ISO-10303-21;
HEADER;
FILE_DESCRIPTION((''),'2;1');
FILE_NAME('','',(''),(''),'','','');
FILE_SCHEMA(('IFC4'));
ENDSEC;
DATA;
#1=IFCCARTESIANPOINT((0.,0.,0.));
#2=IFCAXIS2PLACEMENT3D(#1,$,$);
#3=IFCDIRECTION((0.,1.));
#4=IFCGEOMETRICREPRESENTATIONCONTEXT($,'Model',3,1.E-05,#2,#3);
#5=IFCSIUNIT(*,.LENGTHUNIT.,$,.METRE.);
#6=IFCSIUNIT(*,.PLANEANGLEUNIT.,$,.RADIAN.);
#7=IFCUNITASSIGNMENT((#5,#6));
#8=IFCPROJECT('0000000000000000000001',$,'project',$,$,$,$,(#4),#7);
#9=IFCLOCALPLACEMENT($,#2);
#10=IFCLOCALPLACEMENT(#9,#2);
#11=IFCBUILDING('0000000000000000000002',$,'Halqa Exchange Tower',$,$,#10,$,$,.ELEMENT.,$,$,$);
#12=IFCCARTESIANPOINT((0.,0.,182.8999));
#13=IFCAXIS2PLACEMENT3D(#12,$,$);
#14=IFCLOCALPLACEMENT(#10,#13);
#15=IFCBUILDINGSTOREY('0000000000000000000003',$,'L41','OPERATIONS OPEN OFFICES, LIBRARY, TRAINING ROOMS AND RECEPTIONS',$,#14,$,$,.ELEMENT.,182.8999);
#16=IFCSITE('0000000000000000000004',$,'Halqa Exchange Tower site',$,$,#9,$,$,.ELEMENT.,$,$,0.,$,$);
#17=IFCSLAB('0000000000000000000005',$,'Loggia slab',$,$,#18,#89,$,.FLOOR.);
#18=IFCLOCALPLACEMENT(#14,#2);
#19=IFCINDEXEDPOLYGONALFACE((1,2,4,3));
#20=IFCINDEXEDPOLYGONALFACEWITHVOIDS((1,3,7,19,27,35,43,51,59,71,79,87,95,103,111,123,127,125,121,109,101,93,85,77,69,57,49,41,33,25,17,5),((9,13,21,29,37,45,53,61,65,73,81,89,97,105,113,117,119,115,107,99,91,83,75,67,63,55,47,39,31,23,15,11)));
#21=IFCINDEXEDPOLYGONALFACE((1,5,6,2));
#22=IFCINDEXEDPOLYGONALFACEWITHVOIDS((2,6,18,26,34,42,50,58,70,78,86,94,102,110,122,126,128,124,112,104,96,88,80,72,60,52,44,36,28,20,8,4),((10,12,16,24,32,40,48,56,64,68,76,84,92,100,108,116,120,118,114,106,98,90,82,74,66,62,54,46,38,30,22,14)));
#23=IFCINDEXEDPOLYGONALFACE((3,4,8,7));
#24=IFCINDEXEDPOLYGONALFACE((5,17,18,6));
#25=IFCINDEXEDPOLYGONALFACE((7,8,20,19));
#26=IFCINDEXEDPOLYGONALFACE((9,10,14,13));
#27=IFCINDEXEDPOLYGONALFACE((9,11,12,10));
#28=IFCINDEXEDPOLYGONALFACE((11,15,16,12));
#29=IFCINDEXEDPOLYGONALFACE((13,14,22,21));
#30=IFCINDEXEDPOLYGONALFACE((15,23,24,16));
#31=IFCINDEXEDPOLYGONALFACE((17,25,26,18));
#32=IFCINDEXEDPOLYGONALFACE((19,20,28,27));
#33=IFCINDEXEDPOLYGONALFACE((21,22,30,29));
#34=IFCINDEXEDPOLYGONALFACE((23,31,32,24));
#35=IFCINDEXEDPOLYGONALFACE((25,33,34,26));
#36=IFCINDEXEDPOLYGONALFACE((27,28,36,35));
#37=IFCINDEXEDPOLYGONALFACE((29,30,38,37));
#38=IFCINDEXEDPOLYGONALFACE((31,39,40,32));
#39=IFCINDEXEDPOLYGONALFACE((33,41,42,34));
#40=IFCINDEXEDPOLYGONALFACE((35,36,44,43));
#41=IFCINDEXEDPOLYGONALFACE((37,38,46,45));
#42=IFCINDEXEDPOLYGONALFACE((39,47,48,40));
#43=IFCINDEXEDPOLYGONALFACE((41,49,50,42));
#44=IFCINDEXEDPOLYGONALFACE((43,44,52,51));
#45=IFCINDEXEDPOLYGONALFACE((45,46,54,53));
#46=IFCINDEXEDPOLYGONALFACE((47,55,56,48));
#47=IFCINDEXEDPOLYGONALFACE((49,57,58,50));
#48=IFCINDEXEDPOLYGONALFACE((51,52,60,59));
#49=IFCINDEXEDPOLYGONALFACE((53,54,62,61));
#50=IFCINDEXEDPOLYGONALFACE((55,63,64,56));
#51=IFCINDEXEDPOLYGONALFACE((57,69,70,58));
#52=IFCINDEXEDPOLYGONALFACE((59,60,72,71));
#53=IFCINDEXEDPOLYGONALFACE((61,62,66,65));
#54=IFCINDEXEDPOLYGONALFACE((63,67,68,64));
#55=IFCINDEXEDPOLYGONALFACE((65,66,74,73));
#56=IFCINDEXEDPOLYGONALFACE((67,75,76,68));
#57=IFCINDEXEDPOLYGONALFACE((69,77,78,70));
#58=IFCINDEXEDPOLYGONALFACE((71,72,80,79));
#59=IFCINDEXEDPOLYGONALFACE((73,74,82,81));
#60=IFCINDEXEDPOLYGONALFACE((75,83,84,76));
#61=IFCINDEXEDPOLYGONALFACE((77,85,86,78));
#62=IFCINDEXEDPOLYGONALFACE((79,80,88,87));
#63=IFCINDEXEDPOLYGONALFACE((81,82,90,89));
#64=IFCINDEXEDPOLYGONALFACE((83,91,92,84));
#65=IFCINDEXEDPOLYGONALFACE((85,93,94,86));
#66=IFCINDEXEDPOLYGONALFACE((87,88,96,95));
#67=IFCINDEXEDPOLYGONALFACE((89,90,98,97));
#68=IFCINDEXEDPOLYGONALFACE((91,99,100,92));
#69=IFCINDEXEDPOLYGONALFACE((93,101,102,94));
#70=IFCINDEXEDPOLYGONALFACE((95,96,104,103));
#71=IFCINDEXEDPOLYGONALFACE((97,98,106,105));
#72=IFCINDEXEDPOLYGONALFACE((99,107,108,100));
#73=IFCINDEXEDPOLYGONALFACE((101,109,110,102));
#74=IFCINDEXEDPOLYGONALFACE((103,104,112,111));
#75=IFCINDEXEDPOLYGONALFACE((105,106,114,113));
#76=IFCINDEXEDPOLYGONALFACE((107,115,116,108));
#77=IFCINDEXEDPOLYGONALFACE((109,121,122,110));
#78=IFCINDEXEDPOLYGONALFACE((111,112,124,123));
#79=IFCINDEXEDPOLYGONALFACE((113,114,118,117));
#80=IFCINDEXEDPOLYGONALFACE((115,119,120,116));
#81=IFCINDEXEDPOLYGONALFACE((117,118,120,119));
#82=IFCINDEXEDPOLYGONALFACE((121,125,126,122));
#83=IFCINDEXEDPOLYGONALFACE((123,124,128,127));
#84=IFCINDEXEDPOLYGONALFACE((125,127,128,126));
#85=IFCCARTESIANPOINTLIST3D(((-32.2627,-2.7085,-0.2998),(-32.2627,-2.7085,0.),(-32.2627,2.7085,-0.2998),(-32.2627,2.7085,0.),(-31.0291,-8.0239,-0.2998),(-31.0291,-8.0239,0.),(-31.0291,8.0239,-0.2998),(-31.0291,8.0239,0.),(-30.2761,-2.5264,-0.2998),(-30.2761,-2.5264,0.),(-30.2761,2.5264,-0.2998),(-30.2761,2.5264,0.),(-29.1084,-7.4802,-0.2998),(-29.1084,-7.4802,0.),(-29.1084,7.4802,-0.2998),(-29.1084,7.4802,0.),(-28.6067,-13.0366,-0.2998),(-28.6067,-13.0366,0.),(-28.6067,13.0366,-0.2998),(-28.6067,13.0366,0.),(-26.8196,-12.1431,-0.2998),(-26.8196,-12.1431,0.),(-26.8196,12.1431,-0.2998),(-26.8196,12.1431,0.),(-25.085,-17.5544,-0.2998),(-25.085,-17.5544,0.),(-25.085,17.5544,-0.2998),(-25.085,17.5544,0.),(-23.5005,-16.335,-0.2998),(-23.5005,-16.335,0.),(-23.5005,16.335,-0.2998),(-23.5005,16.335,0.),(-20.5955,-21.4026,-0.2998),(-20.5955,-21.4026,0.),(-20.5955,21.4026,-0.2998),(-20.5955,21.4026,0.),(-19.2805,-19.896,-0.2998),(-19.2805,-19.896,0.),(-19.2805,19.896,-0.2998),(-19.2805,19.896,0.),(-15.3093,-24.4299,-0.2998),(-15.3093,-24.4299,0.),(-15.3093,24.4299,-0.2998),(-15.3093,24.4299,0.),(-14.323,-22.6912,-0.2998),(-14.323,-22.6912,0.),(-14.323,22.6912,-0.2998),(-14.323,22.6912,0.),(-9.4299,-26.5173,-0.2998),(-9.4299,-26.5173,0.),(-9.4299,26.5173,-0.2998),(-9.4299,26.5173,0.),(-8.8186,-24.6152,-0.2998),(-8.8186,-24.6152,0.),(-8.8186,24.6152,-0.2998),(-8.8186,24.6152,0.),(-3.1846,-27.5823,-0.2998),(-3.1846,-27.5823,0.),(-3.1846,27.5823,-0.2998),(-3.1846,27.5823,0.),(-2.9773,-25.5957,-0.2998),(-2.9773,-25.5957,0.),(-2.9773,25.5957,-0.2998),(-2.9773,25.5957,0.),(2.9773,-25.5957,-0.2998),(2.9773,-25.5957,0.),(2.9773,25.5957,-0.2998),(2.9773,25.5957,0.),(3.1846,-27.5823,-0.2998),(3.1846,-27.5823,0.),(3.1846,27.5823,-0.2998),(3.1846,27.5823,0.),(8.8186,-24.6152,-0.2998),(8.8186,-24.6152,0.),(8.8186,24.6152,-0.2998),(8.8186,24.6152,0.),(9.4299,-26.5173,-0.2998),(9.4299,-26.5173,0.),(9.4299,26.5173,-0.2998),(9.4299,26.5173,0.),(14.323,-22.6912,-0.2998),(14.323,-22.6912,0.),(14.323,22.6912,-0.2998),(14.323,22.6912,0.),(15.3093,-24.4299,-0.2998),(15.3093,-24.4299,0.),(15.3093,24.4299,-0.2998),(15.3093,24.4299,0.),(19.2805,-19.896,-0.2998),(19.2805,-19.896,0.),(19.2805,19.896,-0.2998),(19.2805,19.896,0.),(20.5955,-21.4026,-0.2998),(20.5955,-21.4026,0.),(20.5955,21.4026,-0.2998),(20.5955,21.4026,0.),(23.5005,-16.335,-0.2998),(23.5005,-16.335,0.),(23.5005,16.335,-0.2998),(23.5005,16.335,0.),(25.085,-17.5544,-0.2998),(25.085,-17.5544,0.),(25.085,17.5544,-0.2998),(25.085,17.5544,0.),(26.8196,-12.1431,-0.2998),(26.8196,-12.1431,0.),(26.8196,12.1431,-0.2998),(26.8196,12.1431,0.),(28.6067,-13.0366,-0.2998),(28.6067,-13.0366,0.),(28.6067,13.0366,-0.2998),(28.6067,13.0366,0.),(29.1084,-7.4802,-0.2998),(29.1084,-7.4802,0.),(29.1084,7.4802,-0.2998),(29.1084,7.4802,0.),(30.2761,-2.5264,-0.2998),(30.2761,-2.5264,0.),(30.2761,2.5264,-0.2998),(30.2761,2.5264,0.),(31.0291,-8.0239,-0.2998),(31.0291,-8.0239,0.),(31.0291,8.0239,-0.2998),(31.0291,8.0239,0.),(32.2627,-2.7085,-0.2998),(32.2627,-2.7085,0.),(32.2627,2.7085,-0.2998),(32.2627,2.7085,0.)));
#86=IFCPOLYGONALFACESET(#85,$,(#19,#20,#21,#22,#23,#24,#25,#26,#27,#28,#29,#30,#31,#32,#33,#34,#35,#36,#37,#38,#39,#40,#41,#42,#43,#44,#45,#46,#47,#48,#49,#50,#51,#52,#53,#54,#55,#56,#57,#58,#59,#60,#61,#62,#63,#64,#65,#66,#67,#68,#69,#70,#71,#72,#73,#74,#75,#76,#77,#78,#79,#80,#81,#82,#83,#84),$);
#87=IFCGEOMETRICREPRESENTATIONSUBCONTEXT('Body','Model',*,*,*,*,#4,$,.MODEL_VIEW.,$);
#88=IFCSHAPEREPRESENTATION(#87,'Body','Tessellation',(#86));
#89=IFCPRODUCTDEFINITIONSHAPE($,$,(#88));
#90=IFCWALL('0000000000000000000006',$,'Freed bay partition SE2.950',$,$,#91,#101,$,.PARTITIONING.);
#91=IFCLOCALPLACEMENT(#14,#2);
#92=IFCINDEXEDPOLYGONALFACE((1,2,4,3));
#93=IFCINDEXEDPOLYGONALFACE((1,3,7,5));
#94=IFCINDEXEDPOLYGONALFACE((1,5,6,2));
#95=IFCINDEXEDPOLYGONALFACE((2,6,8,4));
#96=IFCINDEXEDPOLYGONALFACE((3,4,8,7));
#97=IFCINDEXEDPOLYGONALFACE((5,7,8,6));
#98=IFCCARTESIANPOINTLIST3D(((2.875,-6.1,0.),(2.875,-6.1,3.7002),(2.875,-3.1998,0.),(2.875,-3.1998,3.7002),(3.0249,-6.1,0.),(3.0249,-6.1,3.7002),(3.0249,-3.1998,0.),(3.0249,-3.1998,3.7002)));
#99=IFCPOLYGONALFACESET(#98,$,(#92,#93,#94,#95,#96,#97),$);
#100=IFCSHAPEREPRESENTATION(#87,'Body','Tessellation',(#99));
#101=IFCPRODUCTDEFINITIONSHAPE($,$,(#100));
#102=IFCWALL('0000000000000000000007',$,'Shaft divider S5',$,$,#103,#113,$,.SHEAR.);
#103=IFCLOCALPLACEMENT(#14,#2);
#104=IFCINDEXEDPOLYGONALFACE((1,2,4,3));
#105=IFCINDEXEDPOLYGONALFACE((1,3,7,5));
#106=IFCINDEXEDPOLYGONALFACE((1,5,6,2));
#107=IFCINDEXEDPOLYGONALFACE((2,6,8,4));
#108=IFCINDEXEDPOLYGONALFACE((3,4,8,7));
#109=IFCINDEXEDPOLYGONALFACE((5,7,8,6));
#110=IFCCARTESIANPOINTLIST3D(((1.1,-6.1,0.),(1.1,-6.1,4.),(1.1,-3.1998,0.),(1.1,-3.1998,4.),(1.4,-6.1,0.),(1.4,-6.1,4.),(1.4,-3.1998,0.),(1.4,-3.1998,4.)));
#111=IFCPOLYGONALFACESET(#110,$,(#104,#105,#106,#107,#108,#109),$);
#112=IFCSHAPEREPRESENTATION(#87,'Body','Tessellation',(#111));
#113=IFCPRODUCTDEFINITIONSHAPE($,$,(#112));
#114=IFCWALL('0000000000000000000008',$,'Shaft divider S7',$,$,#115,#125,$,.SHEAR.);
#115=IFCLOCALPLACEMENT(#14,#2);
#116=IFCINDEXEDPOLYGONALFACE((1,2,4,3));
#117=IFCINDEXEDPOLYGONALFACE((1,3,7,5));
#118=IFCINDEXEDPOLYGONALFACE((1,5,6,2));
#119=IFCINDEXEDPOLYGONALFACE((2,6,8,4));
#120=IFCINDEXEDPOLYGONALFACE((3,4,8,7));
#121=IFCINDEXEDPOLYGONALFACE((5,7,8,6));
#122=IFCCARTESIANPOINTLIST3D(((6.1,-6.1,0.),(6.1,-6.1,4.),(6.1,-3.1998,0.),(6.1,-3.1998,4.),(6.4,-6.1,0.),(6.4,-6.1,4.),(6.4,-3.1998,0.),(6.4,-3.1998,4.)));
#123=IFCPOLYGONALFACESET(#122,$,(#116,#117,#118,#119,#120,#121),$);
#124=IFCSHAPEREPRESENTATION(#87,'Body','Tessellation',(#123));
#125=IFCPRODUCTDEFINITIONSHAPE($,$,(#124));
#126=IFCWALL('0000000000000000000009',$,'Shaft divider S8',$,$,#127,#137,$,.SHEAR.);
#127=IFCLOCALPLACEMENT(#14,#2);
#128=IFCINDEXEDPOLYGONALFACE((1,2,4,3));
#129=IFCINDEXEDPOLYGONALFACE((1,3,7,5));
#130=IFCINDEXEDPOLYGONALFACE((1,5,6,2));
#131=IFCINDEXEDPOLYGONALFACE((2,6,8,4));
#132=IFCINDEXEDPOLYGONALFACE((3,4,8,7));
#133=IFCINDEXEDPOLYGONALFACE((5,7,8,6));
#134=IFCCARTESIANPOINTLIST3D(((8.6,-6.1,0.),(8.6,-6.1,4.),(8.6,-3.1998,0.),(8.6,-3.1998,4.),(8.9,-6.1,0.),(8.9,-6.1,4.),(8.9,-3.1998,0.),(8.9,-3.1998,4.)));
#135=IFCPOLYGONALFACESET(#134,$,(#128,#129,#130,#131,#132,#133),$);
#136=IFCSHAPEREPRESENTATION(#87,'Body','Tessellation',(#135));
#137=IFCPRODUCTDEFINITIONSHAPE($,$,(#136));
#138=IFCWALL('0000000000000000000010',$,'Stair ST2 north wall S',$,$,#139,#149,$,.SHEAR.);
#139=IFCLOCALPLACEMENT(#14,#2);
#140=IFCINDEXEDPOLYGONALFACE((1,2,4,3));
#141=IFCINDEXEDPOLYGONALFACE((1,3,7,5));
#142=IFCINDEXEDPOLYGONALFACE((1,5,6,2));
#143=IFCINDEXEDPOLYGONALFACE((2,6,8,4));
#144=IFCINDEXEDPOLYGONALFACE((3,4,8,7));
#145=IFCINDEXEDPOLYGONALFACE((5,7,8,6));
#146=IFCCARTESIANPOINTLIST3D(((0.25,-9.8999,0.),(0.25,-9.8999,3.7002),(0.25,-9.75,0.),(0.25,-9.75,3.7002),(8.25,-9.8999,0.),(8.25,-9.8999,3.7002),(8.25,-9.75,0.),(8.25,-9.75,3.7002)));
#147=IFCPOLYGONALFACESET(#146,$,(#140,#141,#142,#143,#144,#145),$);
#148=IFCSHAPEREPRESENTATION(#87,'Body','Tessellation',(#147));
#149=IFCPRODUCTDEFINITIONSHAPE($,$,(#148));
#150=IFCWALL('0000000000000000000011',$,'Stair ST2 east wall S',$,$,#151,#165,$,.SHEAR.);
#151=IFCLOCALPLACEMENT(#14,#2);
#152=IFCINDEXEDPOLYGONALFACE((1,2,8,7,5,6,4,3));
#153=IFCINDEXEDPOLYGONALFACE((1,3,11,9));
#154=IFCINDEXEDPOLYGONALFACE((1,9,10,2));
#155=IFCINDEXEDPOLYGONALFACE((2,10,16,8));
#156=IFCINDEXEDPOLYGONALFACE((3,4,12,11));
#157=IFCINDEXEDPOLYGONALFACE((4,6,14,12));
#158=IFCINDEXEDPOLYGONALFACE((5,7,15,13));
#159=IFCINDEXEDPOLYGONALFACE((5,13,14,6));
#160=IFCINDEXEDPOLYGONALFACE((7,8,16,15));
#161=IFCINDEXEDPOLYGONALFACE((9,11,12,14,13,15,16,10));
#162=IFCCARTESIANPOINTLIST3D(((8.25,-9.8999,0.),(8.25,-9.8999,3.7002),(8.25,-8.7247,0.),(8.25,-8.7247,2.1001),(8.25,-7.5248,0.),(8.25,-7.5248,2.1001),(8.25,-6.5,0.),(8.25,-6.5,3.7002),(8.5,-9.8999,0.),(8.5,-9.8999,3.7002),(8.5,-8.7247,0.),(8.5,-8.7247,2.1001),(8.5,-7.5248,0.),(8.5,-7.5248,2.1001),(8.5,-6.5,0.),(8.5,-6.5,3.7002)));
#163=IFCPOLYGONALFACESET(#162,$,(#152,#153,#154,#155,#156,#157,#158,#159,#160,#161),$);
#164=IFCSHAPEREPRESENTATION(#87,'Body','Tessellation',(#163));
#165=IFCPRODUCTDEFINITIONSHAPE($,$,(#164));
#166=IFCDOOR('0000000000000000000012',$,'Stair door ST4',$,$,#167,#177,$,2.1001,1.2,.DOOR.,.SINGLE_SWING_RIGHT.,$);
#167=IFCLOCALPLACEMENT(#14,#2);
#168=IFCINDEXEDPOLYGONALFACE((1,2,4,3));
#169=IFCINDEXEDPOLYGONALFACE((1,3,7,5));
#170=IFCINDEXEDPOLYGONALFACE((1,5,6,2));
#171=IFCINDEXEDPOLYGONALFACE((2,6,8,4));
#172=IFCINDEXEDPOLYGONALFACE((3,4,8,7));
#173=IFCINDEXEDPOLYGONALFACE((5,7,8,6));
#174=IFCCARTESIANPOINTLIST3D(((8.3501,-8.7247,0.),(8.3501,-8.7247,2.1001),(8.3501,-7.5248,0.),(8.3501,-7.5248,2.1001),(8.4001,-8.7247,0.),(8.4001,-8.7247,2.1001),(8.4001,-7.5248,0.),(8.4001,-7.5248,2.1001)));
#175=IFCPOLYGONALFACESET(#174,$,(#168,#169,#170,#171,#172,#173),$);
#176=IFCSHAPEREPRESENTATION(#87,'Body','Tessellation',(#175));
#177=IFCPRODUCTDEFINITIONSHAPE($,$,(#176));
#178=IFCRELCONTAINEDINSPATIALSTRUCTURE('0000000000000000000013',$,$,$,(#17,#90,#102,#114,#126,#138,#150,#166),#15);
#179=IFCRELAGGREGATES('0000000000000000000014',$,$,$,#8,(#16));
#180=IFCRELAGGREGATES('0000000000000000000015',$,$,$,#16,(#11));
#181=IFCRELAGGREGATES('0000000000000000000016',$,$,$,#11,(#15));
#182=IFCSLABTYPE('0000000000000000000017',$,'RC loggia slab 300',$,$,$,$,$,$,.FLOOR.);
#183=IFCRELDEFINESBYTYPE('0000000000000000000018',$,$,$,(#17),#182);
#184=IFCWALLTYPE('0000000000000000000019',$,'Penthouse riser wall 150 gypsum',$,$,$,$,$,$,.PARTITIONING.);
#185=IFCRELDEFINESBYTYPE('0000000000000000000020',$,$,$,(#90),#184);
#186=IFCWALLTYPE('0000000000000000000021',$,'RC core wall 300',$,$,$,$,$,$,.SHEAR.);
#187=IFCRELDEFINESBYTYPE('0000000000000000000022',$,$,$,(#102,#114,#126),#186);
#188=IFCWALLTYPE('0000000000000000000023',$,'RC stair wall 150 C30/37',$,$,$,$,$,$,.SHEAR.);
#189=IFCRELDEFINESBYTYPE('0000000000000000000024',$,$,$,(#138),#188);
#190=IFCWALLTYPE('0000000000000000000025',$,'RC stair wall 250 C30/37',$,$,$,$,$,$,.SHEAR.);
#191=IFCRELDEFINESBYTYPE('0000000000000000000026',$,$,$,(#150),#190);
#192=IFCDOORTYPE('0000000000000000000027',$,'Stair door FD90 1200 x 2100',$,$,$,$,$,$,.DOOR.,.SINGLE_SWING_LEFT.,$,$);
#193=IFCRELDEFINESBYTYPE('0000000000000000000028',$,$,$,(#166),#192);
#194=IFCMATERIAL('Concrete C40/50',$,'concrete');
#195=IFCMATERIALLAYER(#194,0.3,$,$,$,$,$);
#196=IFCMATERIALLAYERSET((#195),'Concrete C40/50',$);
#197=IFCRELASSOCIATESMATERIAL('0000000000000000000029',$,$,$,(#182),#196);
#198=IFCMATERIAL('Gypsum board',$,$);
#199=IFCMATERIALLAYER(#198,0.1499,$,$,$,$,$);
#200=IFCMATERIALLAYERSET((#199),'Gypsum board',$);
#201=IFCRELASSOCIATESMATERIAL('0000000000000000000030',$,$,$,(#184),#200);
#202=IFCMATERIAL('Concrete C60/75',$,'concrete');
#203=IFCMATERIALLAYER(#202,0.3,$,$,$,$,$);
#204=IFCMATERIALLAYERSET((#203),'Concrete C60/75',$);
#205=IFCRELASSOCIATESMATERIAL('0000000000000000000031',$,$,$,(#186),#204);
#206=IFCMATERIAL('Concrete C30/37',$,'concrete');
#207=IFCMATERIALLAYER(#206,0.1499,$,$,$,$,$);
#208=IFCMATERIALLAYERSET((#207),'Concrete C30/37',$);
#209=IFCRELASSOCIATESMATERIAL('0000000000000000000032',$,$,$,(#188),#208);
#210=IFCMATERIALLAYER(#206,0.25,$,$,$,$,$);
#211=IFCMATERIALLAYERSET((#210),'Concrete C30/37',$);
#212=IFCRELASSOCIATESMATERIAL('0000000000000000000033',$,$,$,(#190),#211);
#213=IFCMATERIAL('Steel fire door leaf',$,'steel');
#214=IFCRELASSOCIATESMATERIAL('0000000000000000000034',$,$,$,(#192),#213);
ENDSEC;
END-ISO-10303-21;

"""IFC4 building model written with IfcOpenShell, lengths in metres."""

from ifc_helpers import new_model, si_unit, direction, frame, frame_2d, origin, place, context, subcontext, project, spatial, polyline, rectangle, outline, extrude, material, layer, layer_set, type_object, element, fill, save


model = new_model("IFC4")

# Units and contexts
model_context = context("Model", 3, precision=1e-05, world=origin(), true_north=direction((0.0, 1.0)))
body_context = subcontext(model_context, "Body", "Model", "MODEL_VIEW")
ifc_project = project(units=[si_unit("LENGTHUNIT", "METRE"), si_unit("PLANEANGLEUNIT", "RADIAN")], contexts=[model_context])

# Site, building, storey
site_placement = place(None, origin())
site = spatial("IfcSite", under=ifc_project, at=site_placement, Name="Halqa Exchange Tower site", CompositionType="ELEMENT", RefElevation=0.0)
building_placement = place(site_placement, origin())
building = spatial("IfcBuilding", under=site, at=building_placement, Name="Halqa Exchange Tower", CompositionType="ELEMENT")
storey_placement = place(building_placement, frame((0.0, 0.0, 182.8999)))
storey = spatial("IfcBuildingStorey", under=building, at=storey_placement, Name="L41", Description="OPERATIONS OPEN OFFICES, LIBRARY, TRAINING ROOMS AND RECEPTIONS", CompositionType="ELEMENT", Elevation=182.8999)

# Slab
ifc_material_1 = material(Name="Concrete C60/75", Category="concrete")
ifc_material_2 = material(Name="Concrete C40/50", Category="concrete")
ifc_layer_1 = layer(ifc_material_2, 0.3)
ifc_layer_set_1 = layer_set([ifc_layer_1], Name="Concrete C40/50")
slab_type_1 = type_object("IfcSlabType", Name="RC loggia slab 300", PredefinedType="FLOOR", material=ifc_layer_set_1)
slab_1_placement = place(storey_placement, frame((0.0, 0.0, -0.2998)))
element("IfcSlab", 1, at=slab_1_placement, inside=storey, type_object=slab_type_1, Name="Loggia slab", PredefinedType="FLOOR", context=body_context, shape_type="SweptSolid", body=[
    extrude(outline(polyline([(32.2627, 2.7085), (32.2627, -2.7085), (31.0291, -8.0239), (28.6067, -13.0366), (25.085, -17.5544), (20.5955, -21.4026), (15.3093, -24.4299), (9.4299, -26.5173), (3.1846, -27.5823), (-3.1846, -27.5823), (-9.4299, -26.5173), (-15.3093, -24.4299), (-20.5955, -21.4026), (-25.085, -17.5544), (-28.6067, -13.0366), (-31.0291, -8.0239), (-32.2627, -2.7085), (-32.2627, 2.7085), (-31.0291, 8.0239), (-28.6067, 13.0366), (-25.085, 17.5544), (-20.5955, 21.4026), (-15.3093, 24.4299), (-9.4299, 26.5173), (-3.1846, 27.5823), (3.1846, 27.5823), (9.4299, 26.5173), (15.3093, 24.4299), (20.5955, 21.4026), (25.085, 17.5544), (28.6067, 13.0366), (31.0291, 8.0239), (32.2627, 2.7085)]), holes=[polyline([(30.2761, 2.5264), (29.1084, 7.4802), (26.8196, 12.1431), (23.5005, 16.335), (19.2805, 19.896), (14.323, 22.6912), (8.8186, 24.6152), (2.9773, 25.5957), (-2.9773, 25.5957), (-8.8186, 24.6152), (-14.323, 22.6912), (-19.2805, 19.896), (-23.5005, 16.335), (-26.8196, 12.1431), (-29.1084, 7.4802), (-30.2761, 2.5264), (-30.2761, -2.5264), (-29.1084, -7.4802), (-26.8196, -12.1431), (-23.5005, -16.335), (-19.2805, -19.896), (-14.323, -22.6912), (-8.8186, -24.6152), (-2.9773, -25.5957), (2.9773, -25.5957), (8.8186, -24.6152), (14.323, -22.6912), (19.2805, -19.896), (23.5005, -16.335), (26.8196, -12.1431), (29.1084, -7.4802), (30.2761, -2.5264), (30.2761, 2.5264)])]), origin(), (0.0, 0.0, 1.0), 0.2998),
])

# Walls
ifc_material_3 = material(Name="Gypsum board")
ifc_layer_2 = layer(ifc_material_3, 0.1499)
ifc_layer_set_2 = layer_set([ifc_layer_2], Name="Gypsum board")
wall_type_1 = type_object("IfcWallType", Name="Penthouse riser wall 150 gypsum", PredefinedType="PARTITIONING", material=ifc_layer_set_2)
wall_1_placement = place(storey_placement, frame((2.95, -6.1001, 0.0), z_axis=(0.0, 0.0, 1.0), x_axis=(0.0, 1.0, 0.0)))
element("IfcWall", 2, at=wall_1_placement, inside=storey, type_object=wall_type_1, Name="Freed bay partition SE2.950", PredefinedType="PARTITIONING", context=body_context, shape_type="SweptSolid", body=[
    extrude(rectangle(XDim=2.9001, YDim=0.1499, at=frame_2d((1.4502, 0.0))), origin(), (0.0, 0.0, 1.0), 3.7002),
])
ifc_layer_3 = layer(ifc_material_1, 0.3)
ifc_layer_set_3 = layer_set([ifc_layer_3], Name="Concrete C60/75")
wall_type_2 = type_object("IfcWallType", Name="RC core wall 300", PredefinedType="SHEAR", material=ifc_layer_set_3)
for number, where, z_axis, x_axis, name in (
    (3, (1.25, -6.1001, 0.0), (0.0, 0.0, 1.0), (0.0, 1.0, 0.0), "Shaft divider S5"),
    (4, (6.25, -6.1001, 0.0), (0.0, 0.0, 1.0), (0.0, 1.0, 0.0), "Shaft divider S7"),
    (5, (8.75, -6.1001, 0.0), (0.0, 0.0, 1.0), (0.0, 1.0, 0.0), "Shaft divider S8"),
):
    element("IfcWall", number, at=place(storey_placement, frame(where, z_axis=z_axis, x_axis=x_axis)), inside=storey, type_object=wall_type_2, Name=name, PredefinedType="SHEAR", context=body_context, shape_type="SweptSolid", body=[
        extrude(rectangle(XDim=2.9001, YDim=0.3, at=frame_2d((1.4502, 0.0))), origin(), (0.0, 0.0, 1.0), 4.0),
    ])
ifc_material_4 = material(Name="Concrete C30/37", Category="concrete")
ifc_layer_4 = layer(ifc_material_4, 0.1499)
ifc_layer_set_4 = layer_set([ifc_layer_4], Name="Concrete C30/37")
wall_type_3 = type_object("IfcWallType", Name="RC stair wall 150 C30/37", PredefinedType="SHEAR", material=ifc_layer_set_4)
wall_2_placement = place(storey_placement, frame((0.25, -9.825, 0.0), z_axis=(0.0, 0.0, 1.0), x_axis=(1.0, 0.0, 0.0)))
element("IfcWall", 6, at=wall_2_placement, inside=storey, type_object=wall_type_3, Name="Stair ST2 north wall S", PredefinedType="SHEAR", context=body_context, shape_type="SweptSolid", body=[
    extrude(rectangle(XDim=8.0, YDim=0.1499, at=frame_2d((4.0, 0.0))), origin(), (0.0, 0.0, 1.0), 3.7002),
])

# Wall, opening, door
ifc_layer_5 = layer(ifc_material_4, 0.25)
ifc_layer_set_5 = layer_set([ifc_layer_5], Name="Concrete C30/37")
wall_type_4 = type_object("IfcWallType", Name="RC stair wall 250 C30/37", PredefinedType="SHEAR", material=ifc_layer_set_5)
wall_3_placement = place(storey_placement, frame((8.375, -9.8999, 0.0), z_axis=(0.0, 0.0, 1.0), x_axis=(0.0, 1.0, 0.0)))
wall_3 = element("IfcWall", 7, at=wall_3_placement, inside=storey, type_object=wall_type_4, Name="Stair ST2 east wall S", PredefinedType="SHEAR", context=body_context, shape_type="SweptSolid", body=[
    extrude(rectangle(XDim=3.3999, YDim=0.25, at=frame_2d((1.7, 0.0))), origin(), (0.0, 0.0, 1.0), 3.7002),
])
opening_placement = place(wall_3_placement, frame((1.175, 0.0, 0.0)))
opening = element("IfcOpeningElement", 8, at=opening_placement, cuts=wall_3, PredefinedType="OPENING", context=body_context, shape_type="SweptSolid", body=[
    extrude(rectangle(XDim=1.2, YDim=2.1001, at=frame_2d((0.6001, 1.05))), frame((0.0, 0.137, 0.0), z_axis=(0.0, -1.0, 0.0), x_axis=(1.0, 0.0, 0.0)), (0.0, 0.0, 1.0), 0.2739),
])
ifc_material_5 = material(Name="Steel fire door leaf", Category="steel")
door_type = type_object("IfcDoorType", Name="Stair door FD90 1200 x 2100", OperationType="SINGLE_SWING_LEFT", PredefinedType="DOOR", material=ifc_material_5)
door_placement = place(opening_placement, origin())
door = element("IfcDoor", 9, at=door_placement, inside=storey, type_object=door_type, Name="Stair door ST4", OperationType="SINGLE_SWING_RIGHT", OverallHeight=2.1001, OverallWidth=1.2, PredefinedType="DOOR", context=body_context, shape_type="SweptSolid", body=[
    extrude(rectangle(XDim=1.2, YDim=2.1001, at=frame_2d((0.6001, 1.05))), frame((0.0, 0.0249, 0.0), z_axis=(0.0, -1.0, 0.0), x_axis=(1.0, 0.0, 0.0)), (0.0, 0.0, 1.0), 0.05),
])
fill(opening, door)

save(model, "model.ifc")
